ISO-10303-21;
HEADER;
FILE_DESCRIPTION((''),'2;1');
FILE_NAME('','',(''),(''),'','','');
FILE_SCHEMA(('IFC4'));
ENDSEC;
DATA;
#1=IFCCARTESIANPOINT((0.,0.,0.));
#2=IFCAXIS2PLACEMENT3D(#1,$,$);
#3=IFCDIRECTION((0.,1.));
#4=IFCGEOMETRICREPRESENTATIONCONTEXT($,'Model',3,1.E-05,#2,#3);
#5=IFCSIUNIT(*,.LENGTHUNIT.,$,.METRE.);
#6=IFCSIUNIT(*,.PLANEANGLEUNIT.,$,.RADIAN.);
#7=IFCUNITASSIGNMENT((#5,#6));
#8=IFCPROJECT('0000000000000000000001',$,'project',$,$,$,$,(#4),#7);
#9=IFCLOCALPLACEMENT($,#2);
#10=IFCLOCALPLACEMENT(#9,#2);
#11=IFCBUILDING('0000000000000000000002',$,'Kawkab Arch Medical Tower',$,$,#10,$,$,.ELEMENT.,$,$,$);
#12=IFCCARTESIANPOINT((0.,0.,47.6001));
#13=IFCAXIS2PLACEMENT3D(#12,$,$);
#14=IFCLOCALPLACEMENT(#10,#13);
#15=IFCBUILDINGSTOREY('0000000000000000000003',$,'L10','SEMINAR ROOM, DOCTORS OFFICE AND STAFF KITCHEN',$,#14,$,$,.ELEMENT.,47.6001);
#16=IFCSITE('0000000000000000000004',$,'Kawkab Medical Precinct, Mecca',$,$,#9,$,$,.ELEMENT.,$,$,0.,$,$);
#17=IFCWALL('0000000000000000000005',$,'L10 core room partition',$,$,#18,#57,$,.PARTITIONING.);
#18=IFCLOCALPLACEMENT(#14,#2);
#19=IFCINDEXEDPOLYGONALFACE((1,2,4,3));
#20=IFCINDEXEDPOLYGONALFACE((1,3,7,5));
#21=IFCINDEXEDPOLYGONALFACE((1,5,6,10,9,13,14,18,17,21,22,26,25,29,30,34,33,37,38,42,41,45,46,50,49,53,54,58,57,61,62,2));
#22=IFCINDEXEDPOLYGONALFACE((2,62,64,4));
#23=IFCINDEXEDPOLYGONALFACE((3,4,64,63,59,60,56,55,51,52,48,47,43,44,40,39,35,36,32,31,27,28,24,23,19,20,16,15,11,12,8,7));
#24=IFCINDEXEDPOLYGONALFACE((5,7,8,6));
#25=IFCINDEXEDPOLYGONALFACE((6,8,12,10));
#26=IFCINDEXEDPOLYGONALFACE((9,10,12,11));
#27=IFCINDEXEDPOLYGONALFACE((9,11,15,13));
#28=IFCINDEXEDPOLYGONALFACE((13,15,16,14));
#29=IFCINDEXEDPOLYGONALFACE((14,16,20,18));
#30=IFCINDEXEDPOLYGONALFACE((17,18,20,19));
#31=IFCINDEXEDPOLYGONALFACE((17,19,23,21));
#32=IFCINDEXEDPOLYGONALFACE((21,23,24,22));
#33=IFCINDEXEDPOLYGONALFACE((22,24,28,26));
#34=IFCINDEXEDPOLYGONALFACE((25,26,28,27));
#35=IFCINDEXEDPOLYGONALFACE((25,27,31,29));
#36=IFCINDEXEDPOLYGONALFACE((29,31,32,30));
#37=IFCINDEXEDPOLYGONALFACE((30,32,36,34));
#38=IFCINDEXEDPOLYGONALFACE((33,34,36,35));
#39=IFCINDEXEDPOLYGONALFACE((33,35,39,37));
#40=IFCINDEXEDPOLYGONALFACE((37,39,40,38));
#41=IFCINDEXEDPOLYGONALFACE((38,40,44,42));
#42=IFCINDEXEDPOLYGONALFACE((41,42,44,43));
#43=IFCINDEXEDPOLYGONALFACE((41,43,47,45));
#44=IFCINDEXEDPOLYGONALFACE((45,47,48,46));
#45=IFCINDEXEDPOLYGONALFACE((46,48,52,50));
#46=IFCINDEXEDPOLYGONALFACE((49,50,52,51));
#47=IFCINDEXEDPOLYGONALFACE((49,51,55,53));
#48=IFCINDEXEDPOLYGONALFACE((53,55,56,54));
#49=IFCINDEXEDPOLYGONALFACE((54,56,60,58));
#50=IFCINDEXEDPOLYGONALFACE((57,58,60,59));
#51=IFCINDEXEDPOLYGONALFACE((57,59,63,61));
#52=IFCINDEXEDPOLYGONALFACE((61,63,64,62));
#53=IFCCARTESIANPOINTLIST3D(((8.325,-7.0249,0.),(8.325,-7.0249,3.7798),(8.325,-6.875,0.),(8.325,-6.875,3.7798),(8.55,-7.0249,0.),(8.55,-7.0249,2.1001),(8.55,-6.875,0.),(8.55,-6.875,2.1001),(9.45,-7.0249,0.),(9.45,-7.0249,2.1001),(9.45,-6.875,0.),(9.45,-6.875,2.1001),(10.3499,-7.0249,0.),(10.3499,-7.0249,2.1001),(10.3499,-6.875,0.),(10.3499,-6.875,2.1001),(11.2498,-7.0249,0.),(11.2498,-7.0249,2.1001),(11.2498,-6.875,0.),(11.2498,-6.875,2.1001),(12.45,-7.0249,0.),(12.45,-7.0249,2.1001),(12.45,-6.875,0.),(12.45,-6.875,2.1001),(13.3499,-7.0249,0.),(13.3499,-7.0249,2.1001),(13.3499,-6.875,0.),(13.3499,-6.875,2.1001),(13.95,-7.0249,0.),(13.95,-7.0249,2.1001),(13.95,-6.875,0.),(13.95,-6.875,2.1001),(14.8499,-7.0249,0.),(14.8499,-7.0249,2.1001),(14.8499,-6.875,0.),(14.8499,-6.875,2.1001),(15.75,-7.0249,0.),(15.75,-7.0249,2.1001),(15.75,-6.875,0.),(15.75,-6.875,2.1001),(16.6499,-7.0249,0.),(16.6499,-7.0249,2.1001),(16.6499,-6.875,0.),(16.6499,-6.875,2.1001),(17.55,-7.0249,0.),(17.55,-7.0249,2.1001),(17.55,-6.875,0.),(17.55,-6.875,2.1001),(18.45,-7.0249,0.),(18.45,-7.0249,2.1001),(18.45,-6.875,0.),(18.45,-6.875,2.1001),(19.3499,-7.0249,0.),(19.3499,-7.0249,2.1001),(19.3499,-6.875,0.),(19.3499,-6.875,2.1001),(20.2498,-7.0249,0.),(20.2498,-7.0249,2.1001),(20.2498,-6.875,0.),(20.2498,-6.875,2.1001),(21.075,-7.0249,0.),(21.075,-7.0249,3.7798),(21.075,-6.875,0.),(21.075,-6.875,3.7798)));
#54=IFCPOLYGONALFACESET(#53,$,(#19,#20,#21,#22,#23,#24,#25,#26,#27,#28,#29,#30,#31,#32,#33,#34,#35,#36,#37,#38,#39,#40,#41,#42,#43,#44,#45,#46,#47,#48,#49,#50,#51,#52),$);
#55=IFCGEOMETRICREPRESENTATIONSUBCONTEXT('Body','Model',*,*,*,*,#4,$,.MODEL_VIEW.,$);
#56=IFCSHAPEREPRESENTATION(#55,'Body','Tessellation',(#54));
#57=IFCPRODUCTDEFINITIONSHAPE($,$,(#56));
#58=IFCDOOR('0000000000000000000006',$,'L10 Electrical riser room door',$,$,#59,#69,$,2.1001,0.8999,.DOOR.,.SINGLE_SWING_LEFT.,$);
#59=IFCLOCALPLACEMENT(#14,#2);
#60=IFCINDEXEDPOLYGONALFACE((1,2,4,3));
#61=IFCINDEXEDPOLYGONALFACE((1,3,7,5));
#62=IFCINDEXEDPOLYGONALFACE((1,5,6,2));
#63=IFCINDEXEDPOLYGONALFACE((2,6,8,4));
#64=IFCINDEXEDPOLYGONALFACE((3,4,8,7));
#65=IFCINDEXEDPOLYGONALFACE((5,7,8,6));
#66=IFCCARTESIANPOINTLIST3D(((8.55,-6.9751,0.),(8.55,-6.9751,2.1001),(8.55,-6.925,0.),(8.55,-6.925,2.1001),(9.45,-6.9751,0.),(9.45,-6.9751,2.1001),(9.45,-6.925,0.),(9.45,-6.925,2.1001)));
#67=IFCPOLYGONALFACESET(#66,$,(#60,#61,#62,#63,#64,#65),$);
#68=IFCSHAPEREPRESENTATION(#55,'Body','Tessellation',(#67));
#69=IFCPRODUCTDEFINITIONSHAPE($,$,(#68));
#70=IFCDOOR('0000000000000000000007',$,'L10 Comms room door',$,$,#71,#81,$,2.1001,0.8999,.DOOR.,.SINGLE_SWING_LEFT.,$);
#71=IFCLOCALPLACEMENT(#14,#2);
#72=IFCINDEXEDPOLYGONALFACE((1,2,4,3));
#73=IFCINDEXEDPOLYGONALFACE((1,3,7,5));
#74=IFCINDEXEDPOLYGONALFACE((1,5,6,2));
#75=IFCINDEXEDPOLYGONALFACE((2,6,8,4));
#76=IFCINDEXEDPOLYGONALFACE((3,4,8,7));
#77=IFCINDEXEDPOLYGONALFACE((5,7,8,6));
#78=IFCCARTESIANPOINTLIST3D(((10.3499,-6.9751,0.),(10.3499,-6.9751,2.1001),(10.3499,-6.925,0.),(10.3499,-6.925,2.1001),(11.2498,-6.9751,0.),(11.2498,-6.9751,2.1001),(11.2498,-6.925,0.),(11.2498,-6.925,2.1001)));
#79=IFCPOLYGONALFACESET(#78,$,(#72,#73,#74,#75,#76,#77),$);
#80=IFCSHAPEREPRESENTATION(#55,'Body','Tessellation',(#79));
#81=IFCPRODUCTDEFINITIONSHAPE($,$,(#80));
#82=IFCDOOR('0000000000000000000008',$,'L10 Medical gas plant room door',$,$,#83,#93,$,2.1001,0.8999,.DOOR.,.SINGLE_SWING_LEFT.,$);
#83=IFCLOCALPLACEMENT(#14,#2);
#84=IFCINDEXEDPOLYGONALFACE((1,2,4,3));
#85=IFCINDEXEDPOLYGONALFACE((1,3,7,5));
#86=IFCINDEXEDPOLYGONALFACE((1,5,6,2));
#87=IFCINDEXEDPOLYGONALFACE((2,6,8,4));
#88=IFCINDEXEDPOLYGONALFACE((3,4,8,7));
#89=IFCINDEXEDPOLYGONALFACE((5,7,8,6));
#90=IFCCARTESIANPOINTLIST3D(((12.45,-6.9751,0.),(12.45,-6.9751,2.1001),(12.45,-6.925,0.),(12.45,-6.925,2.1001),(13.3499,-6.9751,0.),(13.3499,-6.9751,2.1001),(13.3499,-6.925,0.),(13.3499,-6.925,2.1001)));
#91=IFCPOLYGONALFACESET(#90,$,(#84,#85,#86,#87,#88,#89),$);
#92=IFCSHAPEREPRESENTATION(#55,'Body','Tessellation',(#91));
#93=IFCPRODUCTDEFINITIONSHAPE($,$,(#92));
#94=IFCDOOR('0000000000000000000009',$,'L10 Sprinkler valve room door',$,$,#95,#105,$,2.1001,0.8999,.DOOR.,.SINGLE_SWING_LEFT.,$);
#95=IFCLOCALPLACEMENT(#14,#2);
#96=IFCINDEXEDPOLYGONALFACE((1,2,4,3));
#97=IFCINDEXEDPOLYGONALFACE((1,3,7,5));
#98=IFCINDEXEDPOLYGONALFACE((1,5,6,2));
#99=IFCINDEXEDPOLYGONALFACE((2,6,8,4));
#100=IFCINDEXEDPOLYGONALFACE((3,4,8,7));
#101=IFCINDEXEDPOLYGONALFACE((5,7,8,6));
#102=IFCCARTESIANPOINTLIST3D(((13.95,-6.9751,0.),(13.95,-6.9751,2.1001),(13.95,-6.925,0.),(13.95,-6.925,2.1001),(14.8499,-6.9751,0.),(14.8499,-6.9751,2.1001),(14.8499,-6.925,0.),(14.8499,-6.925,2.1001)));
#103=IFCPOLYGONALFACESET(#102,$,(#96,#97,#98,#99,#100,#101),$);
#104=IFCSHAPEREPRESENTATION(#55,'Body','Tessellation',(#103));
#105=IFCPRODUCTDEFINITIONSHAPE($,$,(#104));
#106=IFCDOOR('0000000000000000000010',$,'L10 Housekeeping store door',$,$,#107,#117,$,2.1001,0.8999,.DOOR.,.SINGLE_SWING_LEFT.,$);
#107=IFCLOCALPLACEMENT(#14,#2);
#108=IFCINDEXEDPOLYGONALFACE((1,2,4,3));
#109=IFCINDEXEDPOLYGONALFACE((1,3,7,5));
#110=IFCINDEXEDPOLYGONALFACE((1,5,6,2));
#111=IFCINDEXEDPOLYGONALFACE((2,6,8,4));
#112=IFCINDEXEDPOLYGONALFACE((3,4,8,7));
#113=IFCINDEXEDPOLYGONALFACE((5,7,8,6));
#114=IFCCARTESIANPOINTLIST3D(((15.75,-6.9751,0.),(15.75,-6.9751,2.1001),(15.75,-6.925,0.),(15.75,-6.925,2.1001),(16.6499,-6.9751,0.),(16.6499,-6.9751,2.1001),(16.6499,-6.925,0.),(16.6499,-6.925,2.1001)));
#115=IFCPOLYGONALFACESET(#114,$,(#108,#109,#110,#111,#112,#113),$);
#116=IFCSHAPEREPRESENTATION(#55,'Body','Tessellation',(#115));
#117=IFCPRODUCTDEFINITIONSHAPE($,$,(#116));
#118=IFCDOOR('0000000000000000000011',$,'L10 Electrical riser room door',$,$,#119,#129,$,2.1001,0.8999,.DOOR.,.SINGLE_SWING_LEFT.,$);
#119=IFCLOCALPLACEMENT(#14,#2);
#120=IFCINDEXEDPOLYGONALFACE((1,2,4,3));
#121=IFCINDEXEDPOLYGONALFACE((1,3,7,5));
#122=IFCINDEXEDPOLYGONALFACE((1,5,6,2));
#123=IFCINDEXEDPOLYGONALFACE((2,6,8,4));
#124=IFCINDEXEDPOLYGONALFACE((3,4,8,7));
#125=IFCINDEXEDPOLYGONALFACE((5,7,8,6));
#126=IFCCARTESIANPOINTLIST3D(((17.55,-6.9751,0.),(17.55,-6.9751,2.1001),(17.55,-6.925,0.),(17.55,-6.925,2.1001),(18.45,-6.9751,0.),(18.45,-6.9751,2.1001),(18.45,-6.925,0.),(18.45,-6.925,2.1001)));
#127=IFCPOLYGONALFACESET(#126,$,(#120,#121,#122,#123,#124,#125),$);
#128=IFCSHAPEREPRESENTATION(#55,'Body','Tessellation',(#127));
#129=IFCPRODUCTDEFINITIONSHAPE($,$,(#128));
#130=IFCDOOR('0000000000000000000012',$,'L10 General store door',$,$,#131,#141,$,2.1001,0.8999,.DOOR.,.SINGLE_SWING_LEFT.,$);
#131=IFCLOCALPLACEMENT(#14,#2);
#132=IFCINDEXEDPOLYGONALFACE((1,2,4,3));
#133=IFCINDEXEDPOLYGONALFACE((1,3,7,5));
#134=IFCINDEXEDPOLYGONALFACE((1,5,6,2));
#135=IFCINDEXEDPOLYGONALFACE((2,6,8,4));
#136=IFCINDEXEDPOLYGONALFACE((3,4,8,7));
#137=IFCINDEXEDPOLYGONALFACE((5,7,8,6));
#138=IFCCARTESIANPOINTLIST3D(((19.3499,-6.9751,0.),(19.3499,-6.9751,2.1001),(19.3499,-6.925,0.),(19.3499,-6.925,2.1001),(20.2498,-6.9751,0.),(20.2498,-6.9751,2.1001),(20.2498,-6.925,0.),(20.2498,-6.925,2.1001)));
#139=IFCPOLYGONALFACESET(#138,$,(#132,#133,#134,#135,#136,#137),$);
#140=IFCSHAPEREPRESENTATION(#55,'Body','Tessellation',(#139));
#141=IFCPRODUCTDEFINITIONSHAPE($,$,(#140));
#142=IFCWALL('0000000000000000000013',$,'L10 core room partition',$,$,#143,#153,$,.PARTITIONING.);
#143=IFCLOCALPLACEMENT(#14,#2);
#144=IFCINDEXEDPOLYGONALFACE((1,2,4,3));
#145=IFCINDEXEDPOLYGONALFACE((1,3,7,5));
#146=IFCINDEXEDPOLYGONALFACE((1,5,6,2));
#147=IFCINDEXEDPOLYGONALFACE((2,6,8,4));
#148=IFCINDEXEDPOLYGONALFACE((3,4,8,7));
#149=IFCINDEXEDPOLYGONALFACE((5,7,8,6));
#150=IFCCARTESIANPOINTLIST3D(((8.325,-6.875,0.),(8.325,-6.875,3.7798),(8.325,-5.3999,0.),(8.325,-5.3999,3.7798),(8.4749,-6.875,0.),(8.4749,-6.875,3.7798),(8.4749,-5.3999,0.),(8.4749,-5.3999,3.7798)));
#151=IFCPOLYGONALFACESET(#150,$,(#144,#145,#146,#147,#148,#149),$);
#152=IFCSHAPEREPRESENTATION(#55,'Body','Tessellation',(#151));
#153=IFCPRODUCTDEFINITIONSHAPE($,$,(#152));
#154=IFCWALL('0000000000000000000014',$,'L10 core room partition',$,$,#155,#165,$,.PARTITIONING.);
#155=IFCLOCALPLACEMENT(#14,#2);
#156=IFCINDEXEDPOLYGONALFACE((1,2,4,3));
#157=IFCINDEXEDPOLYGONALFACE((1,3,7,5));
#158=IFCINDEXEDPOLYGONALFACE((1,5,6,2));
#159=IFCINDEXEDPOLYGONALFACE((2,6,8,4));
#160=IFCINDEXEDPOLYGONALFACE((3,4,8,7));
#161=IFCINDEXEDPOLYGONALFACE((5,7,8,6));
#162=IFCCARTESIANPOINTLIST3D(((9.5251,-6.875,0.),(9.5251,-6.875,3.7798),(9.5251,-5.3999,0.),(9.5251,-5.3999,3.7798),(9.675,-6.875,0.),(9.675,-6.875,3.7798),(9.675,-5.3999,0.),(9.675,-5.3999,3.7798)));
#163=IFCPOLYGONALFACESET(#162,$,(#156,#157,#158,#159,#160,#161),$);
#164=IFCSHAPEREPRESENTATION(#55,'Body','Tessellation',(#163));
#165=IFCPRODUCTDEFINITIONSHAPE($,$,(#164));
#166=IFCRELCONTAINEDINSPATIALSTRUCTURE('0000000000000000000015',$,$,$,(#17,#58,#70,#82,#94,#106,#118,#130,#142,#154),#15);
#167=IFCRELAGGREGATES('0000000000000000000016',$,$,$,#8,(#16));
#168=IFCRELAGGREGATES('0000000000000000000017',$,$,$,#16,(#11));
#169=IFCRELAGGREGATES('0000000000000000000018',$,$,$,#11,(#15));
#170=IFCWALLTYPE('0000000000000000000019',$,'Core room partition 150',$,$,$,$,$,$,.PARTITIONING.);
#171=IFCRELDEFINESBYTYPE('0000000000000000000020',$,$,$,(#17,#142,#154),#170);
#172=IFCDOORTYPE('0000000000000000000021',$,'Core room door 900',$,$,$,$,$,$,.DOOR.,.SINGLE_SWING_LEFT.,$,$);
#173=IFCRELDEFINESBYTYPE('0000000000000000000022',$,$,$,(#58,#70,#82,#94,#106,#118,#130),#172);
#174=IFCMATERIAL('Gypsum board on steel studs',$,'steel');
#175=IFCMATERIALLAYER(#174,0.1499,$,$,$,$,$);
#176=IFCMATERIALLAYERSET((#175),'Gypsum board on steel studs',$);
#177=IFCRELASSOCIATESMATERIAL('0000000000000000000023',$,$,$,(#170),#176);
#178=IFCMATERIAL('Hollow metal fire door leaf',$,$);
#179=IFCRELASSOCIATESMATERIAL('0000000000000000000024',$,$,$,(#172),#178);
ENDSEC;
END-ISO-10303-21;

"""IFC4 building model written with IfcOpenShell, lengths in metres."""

from ifc_helpers import new_model, si_unit, direction, frame, frame_2d, origin, place, context, subcontext, project, spatial, rectangle, extrude, material, layer, layer_set, type_object, element, fill, save


model = new_model("IFC4")

# Units and contexts
model_context = context("Model", 3, precision=1e-05, world=origin(), true_north=direction((0.0, 1.0)))
body_context = subcontext(model_context, "Body", "Model", "MODEL_VIEW")
ifc_project = project(units=[si_unit("LENGTHUNIT", "METRE"), si_unit("PLANEANGLEUNIT", "RADIAN")], contexts=[model_context])

# Site, building, storey
site_placement = place(None, origin())
site = spatial("IfcSite", under=ifc_project, at=site_placement, Name="Kawkab Medical Precinct, Mecca", CompositionType="ELEMENT", RefElevation=0.0)
building_placement = place(site_placement, origin())
building = spatial("IfcBuilding", under=site, at=building_placement, Name="Kawkab Arch Medical Tower", CompositionType="ELEMENT")
storey_placement = place(building_placement, frame((0.0, 0.0, 47.6001)))
storey = spatial("IfcBuildingStorey", under=building, at=storey_placement, Name="L10", Description="SEMINAR ROOM, DOCTORS OFFICE AND STAFF KITCHEN", CompositionType="ELEMENT", Elevation=47.6001)

# Shared definitions
ifc_material_1 = material(Name="Gypsum board on steel studs", Category="steel")
ifc_layer_1 = layer(ifc_material_1, 0.1499)
ifc_layer_set_1 = layer_set([ifc_layer_1], Name="Gypsum board on steel studs")
wall_type_1 = type_object("IfcWallType", Name="Core room partition 150", PredefinedType="PARTITIONING", material=ifc_layer_set_1)
ifc_material_2 = material(Name="Hollow metal fire door leaf")
door_type = type_object("IfcDoorType", Name="Core room door 900", OperationType="SINGLE_SWING_LEFT", PredefinedType="DOOR", material=ifc_material_2)

# Wall, openings, doors
wall_1_placement = place(storey_placement, frame((8.325, -6.95, 0.0), z_axis=(0.0, 0.0, 1.0), x_axis=(1.0, 0.0, 0.0)))
wall_1 = element("IfcWall", 1, at=wall_1_placement, inside=storey, type_object=wall_type_1, Name="L10 core room partition", PredefinedType="PARTITIONING", context=body_context, shape_type="SweptSolid", body=[
    extrude(rectangle(XDim=12.75, YDim=0.1499, at=frame_2d((6.375, 0.0))), origin(), (0.0, 0.0, 1.0), 3.7798),
])
opening_1_placement = place(wall_1_placement, frame((0.2251, 0.0, 0.0)))
opening_1 = element("IfcOpeningElement", 2, at=opening_1_placement, cuts=wall_1, PredefinedType="OPENING", context=body_context, shape_type="SweptSolid", body=[
    extrude(rectangle(XDim=0.8999, YDim=2.1001, at=frame_2d((0.45, 1.05))), frame((0.0, 0.085, 0.0), z_axis=(0.0, -1.0, 0.0), x_axis=(1.0, 0.0, 0.0)), (0.0, 0.0, 1.0), 0.1699),
])
opening_2_placement = place(wall_1_placement, frame((2.0249, 0.0, 0.0)))
opening_2 = element("IfcOpeningElement", 3, at=opening_2_placement, cuts=wall_1, PredefinedType="OPENING", context=body_context, shape_type="SweptSolid", body=[
    extrude(rectangle(XDim=0.8999, YDim=2.1001, at=frame_2d((0.45, 1.05))), frame((0.0, 0.085, 0.0), z_axis=(0.0, -1.0, 0.0), x_axis=(1.0, 0.0, 0.0)), (0.0, 0.0, 1.0), 0.1699),
])
opening_3_placement = place(wall_1_placement, frame((4.125, 0.0, 0.0)))
opening_3 = element("IfcOpeningElement", 4, at=opening_3_placement, cuts=wall_1, PredefinedType="OPENING", context=body_context, shape_type="SweptSolid", body=[
    extrude(rectangle(XDim=0.8999, YDim=2.1001, at=frame_2d((0.45, 1.05))), frame((0.0, 0.085, 0.0), z_axis=(0.0, -1.0, 0.0), x_axis=(1.0, 0.0, 0.0)), (0.0, 0.0, 1.0), 0.1699),
])
opening_4_placement = place(wall_1_placement, frame((5.625, 0.0, 0.0)))
opening_4 = element("IfcOpeningElement", 5, at=opening_4_placement, cuts=wall_1, PredefinedType="OPENING", context=body_context, shape_type="SweptSolid", body=[
    extrude(rectangle(XDim=0.8999, YDim=2.1001, at=frame_2d((0.45, 1.05))), frame((0.0, 0.085, 0.0), z_axis=(0.0, -1.0, 0.0), x_axis=(1.0, 0.0, 0.0)), (0.0, 0.0, 1.0), 0.1699),
])
opening_5_placement = place(wall_1_placement, frame((7.425, 0.0, 0.0)))
opening_5 = element("IfcOpeningElement", 6, at=opening_5_placement, cuts=wall_1, PredefinedType="OPENING", context=body_context, shape_type="SweptSolid", body=[
    extrude(rectangle(XDim=0.8999, YDim=2.1001, at=frame_2d((0.45, 1.05))), frame((0.0, 0.085, 0.0), z_axis=(0.0, -1.0, 0.0), x_axis=(1.0, 0.0, 0.0)), (0.0, 0.0, 1.0), 0.1699),
])
opening_6_placement = place(wall_1_placement, frame((9.2251, 0.0, 0.0)))
opening_6 = element("IfcOpeningElement", 7, at=opening_6_placement, cuts=wall_1, PredefinedType="OPENING", context=body_context, shape_type="SweptSolid", body=[
    extrude(rectangle(XDim=0.8999, YDim=2.1001, at=frame_2d((0.45, 1.05))), frame((0.0, 0.085, 0.0), z_axis=(0.0, -1.0, 0.0), x_axis=(1.0, 0.0, 0.0)), (0.0, 0.0, 1.0), 0.1699),
])
opening_7_placement = place(wall_1_placement, frame((11.0249, 0.0, 0.0)))
opening_7 = element("IfcOpeningElement", 8, at=opening_7_placement, cuts=wall_1, PredefinedType="OPENING", context=body_context, shape_type="SweptSolid", body=[
    extrude(rectangle(XDim=0.8999, YDim=2.1001, at=frame_2d((0.45, 1.05))), frame((0.0, 0.085, 0.0), z_axis=(0.0, -1.0, 0.0), x_axis=(1.0, 0.0, 0.0)), (0.0, 0.0, 1.0), 0.1699),
])
door_1_placement = place(opening_1_placement, origin())
door_1 = element("IfcDoor", 9, at=door_1_placement, inside=storey, type_object=door_type, Name="L10 Electrical riser room door", OperationType="SINGLE_SWING_LEFT", OverallHeight=2.1001, OverallWidth=0.8999, PredefinedType="DOOR", context=body_context, shape_type="SweptSolid", body=[
    extrude(rectangle(XDim=0.8999, YDim=2.1001, at=frame_2d((0.45, 1.05))), frame((0.0, 0.0249, 0.0), z_axis=(0.0, -1.0, 0.0), x_axis=(1.0, 0.0, 0.0)), (0.0, 0.0, 1.0), 0.05),
])
fill(opening_1, door_1)
door_2_placement = place(opening_2_placement, origin())
door_2 = element("IfcDoor", 10, at=door_2_placement, inside=storey, type_object=door_type, Name="L10 Comms room door", OperationType="SINGLE_SWING_LEFT", OverallHeight=2.1001, OverallWidth=0.8999, PredefinedType="DOOR", context=body_context, shape_type="SweptSolid", body=[
    extrude(rectangle(XDim=0.8999, YDim=2.1001, at=frame_2d((0.45, 1.05))), frame((0.0, 0.0249, 0.0), z_axis=(0.0, -1.0, 0.0), x_axis=(1.0, 0.0, 0.0)), (0.0, 0.0, 1.0), 0.05),
])
fill(opening_2, door_2)
door_3_placement = place(opening_3_placement, origin())
door_3 = element("IfcDoor", 11, at=door_3_placement, inside=storey, type_object=door_type, Name="L10 Medical gas plant room door", OperationType="SINGLE_SWING_LEFT", OverallHeight=2.1001, OverallWidth=0.8999, PredefinedType="DOOR", context=body_context, shape_type="SweptSolid", body=[
    extrude(rectangle(XDim=0.8999, YDim=2.1001, at=frame_2d((0.45, 1.05))), frame((0.0, 0.0249, 0.0), z_axis=(0.0, -1.0, 0.0), x_axis=(1.0, 0.0, 0.0)), (0.0, 0.0, 1.0), 0.05),
])
fill(opening_3, door_3)
door_4_placement = place(opening_4_placement, origin())
door_4 = element("IfcDoor", 12, at=door_4_placement, inside=storey, type_object=door_type, Name="L10 Sprinkler valve room door", OperationType="SINGLE_SWING_LEFT", OverallHeight=2.1001, OverallWidth=0.8999, PredefinedType="DOOR", context=body_context, shape_type="SweptSolid", body=[
    extrude(rectangle(XDim=0.8999, YDim=2.1001, at=frame_2d((0.45, 1.05))), frame((0.0, 0.0249, 0.0), z_axis=(0.0, -1.0, 0.0), x_axis=(1.0, 0.0, 0.0)), (0.0, 0.0, 1.0), 0.05),
])
fill(opening_4, door_4)
door_5_placement = place(opening_5_placement, origin())
door_5 = element("IfcDoor", 13, at=door_5_placement, inside=storey, type_object=door_type, Name="L10 Housekeeping store door", OperationType="SINGLE_SWING_LEFT", OverallHeight=2.1001, OverallWidth=0.8999, PredefinedType="DOOR", context=body_context, shape_type="SweptSolid", body=[
    extrude(rectangle(XDim=0.8999, YDim=2.1001, at=frame_2d((0.45, 1.05))), frame((0.0, 0.0249, 0.0), z_axis=(0.0, -1.0, 0.0), x_axis=(1.0, 0.0, 0.0)), (0.0, 0.0, 1.0), 0.05),
])
fill(opening_5, door_5)
door_6_placement = place(opening_6_placement, origin())
door_6 = element("IfcDoor", 14, at=door_6_placement, inside=storey, type_object=door_type, Name="L10 Electrical riser room door", OperationType="SINGLE_SWING_LEFT", OverallHeight=2.1001, OverallWidth=0.8999, PredefinedType="DOOR", context=body_context, shape_type="SweptSolid", body=[
    extrude(rectangle(XDim=0.8999, YDim=2.1001, at=frame_2d((0.45, 1.05))), frame((0.0, 0.0249, 0.0), z_axis=(0.0, -1.0, 0.0), x_axis=(1.0, 0.0, 0.0)), (0.0, 0.0, 1.0), 0.05),
])
fill(opening_6, door_6)
door_7_placement = place(opening_7_placement, origin())
door_7 = element("IfcDoor", 15, at=door_7_placement, inside=storey, type_object=door_type, Name="L10 General store door", OperationType="SINGLE_SWING_LEFT", OverallHeight=2.1001, OverallWidth=0.8999, PredefinedType="DOOR", context=body_context, shape_type="SweptSolid", body=[
    extrude(rectangle(XDim=0.8999, YDim=2.1001, at=frame_2d((0.45, 1.05))), frame((0.0, 0.0249, 0.0), z_axis=(0.0, -1.0, 0.0), x_axis=(1.0, 0.0, 0.0)), (0.0, 0.0, 1.0), 0.05),
])
fill(opening_7, door_7)

# Walls
for number, where, z_axis, x_axis, name in (
    (16, (8.3999, -6.875, 0.0), (0.0, 0.0, 1.0), (0.0, 1.0, 0.0), "L10 core room partition"),
    (17, (9.6001, -6.875, 0.0), (0.0, 0.0, 1.0), (0.0, 1.0, 0.0), "L10 core room partition"),
):
    element("IfcWall", number, at=place(storey_placement, frame(where, z_axis=z_axis, x_axis=x_axis)), inside=storey, type_object=wall_type_1, Name=name, PredefinedType="PARTITIONING", context=body_context, shape_type="SweptSolid", body=[
        extrude(rectangle(XDim=1.4751, YDim=0.1499, at=frame_2d((0.7375, 0.0))), origin(), (0.0, 0.0, 1.0), 3.7798),
    ])

save(model, "model.ifc")
